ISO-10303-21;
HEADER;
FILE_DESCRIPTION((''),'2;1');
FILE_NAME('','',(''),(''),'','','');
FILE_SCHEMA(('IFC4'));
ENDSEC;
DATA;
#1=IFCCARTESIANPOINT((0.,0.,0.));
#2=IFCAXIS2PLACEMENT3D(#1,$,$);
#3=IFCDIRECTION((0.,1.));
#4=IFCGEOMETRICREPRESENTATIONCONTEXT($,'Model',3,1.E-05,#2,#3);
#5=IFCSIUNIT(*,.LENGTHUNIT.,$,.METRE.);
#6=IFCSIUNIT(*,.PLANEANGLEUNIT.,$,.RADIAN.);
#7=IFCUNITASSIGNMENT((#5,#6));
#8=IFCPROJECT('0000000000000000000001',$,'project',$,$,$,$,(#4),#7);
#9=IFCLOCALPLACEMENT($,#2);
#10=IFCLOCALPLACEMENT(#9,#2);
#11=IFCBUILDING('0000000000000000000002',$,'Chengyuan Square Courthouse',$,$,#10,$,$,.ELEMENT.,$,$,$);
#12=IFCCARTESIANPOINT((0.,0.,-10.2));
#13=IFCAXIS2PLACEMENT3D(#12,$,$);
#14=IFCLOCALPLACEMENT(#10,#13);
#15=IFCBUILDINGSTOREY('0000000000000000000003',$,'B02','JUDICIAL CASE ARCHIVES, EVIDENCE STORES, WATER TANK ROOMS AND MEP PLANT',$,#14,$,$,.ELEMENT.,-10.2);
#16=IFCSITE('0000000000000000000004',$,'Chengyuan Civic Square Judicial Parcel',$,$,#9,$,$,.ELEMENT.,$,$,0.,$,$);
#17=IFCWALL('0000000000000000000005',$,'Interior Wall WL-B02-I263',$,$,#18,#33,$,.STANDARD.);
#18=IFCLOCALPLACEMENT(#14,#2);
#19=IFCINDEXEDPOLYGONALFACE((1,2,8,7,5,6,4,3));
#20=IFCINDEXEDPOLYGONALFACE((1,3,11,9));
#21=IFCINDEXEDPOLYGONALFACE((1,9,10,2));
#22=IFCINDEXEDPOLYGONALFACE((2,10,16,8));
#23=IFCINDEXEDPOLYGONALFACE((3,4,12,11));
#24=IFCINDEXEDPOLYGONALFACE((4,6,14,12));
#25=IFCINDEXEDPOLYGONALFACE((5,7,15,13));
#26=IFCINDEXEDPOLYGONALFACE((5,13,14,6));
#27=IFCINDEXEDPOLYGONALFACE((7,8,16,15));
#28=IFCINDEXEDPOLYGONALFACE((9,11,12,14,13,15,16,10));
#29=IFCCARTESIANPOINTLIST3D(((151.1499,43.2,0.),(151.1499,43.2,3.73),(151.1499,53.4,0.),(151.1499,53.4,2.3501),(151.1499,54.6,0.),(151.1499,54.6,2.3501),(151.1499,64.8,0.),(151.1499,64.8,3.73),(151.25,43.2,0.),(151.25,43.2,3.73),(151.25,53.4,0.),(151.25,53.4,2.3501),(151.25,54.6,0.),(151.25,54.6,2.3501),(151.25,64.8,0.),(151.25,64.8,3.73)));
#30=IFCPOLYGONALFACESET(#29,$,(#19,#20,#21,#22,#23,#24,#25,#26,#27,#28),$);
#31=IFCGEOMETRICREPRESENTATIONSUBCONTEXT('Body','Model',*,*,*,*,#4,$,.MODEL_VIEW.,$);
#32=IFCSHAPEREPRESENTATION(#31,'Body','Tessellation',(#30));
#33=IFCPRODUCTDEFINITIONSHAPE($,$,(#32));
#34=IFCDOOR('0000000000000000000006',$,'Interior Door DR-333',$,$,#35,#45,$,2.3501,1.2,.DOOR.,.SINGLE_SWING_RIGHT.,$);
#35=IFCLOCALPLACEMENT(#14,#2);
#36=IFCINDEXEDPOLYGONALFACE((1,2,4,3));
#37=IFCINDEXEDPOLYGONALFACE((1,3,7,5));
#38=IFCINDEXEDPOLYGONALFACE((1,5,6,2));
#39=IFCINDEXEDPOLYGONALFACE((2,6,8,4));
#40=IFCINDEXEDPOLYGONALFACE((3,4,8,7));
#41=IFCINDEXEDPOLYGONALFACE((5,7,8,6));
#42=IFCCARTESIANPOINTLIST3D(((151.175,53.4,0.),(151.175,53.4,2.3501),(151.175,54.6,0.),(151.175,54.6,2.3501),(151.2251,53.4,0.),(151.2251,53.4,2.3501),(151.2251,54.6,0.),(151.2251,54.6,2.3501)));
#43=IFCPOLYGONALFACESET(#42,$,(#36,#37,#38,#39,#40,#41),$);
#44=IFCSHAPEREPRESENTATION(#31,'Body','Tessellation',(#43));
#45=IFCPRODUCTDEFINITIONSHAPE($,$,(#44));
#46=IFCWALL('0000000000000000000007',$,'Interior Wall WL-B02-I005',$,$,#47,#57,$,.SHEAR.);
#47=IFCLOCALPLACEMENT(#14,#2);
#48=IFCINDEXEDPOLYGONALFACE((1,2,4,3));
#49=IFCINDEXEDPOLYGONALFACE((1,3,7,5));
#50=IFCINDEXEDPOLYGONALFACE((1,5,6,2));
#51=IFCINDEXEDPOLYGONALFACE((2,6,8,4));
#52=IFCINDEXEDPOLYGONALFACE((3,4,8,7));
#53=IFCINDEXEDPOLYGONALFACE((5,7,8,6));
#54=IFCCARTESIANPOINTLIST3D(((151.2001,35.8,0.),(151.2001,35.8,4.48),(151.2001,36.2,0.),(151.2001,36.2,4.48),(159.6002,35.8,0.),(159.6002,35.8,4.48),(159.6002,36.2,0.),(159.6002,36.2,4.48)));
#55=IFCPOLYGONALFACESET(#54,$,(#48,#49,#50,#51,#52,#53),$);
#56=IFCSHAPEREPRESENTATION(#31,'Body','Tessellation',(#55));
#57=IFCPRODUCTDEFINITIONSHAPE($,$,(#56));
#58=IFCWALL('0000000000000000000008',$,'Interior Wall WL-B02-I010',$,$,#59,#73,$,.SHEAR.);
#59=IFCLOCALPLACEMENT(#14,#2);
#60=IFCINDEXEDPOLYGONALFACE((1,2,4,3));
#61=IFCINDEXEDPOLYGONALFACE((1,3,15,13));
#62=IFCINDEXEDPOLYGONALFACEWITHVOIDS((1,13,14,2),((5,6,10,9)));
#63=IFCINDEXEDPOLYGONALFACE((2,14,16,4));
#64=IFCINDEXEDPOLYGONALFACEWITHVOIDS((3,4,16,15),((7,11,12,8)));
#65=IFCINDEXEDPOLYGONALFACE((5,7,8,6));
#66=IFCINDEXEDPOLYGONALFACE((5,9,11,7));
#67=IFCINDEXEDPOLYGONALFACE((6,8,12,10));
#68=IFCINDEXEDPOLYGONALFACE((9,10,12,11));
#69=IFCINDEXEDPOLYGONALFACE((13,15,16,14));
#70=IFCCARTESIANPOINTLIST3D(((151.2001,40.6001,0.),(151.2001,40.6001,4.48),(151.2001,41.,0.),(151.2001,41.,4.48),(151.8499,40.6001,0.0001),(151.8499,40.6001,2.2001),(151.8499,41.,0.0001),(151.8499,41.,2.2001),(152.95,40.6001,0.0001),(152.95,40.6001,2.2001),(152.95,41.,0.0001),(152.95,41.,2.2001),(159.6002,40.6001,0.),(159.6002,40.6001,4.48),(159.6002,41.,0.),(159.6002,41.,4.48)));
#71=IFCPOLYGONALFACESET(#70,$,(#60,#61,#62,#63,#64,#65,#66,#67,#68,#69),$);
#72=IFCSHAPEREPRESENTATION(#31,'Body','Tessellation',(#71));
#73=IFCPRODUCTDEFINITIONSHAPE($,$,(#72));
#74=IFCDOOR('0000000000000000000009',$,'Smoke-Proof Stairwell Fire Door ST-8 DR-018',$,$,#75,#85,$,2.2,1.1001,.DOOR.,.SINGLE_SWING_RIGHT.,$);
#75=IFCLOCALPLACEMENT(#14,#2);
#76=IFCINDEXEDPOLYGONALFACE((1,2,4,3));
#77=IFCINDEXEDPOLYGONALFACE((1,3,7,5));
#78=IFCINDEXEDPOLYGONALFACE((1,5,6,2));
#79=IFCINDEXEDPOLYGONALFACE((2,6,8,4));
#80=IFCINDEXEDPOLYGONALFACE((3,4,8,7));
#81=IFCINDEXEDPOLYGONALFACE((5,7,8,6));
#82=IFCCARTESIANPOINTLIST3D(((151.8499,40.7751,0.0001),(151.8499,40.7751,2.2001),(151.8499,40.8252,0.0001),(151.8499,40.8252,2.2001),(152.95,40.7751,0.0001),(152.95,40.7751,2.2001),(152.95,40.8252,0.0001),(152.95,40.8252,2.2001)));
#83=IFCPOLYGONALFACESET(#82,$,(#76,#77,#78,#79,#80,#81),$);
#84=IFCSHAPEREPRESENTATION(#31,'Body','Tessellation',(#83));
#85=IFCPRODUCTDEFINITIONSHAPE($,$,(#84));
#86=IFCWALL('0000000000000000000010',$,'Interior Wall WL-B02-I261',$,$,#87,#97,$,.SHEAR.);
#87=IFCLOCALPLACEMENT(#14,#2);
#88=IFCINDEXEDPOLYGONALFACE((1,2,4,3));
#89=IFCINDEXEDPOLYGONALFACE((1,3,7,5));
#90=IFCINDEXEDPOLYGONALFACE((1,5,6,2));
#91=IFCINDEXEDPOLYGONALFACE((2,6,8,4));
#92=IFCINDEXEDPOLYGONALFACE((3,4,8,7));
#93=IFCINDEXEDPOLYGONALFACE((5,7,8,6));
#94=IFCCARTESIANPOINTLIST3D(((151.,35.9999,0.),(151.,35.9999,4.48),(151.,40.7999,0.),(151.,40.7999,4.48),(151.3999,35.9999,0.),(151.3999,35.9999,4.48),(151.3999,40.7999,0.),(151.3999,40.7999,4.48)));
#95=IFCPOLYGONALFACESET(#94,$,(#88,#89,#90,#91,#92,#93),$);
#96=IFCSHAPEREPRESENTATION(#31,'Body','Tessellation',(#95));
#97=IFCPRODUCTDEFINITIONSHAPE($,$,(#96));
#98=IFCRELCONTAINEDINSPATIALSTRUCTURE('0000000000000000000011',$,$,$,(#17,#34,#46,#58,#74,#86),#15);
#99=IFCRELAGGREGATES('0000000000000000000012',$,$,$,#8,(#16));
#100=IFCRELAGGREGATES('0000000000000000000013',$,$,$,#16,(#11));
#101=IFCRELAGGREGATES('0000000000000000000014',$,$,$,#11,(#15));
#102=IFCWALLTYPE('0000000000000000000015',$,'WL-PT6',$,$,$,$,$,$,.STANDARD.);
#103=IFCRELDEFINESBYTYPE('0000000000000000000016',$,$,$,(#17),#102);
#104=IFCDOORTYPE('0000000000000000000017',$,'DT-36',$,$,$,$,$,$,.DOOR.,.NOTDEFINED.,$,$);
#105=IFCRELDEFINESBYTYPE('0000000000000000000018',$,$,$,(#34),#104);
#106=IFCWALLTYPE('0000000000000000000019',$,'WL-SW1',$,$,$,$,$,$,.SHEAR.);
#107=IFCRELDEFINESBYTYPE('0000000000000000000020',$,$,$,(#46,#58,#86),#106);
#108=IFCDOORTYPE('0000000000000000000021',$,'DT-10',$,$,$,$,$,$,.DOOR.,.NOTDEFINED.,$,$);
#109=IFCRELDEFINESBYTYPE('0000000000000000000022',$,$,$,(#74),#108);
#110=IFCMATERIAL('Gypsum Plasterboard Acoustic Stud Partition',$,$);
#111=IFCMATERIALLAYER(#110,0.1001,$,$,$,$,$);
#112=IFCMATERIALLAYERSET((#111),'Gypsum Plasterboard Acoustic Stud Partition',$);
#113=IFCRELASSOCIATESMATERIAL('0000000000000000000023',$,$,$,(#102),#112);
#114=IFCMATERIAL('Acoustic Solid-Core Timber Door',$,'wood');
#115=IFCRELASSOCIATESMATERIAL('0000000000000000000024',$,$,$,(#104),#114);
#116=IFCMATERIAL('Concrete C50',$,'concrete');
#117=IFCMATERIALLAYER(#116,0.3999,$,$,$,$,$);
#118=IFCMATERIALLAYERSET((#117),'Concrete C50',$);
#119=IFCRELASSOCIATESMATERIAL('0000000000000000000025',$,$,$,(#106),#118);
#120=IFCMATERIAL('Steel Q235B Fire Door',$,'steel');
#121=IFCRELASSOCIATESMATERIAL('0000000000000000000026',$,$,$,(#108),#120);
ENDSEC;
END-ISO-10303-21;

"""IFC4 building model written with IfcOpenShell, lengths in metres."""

from ifc_helpers import new_model, si_unit, direction, frame, frame_2d, origin, place, context, subcontext, project, spatial, rectangle, extrude, material, layer, layer_set, type_object, element, fill, save


model = new_model("IFC4")

# Units and contexts
model_context = context("Model", 3, precision=1e-05, world=origin(), true_north=direction((0.0, 1.0)))
body_context = subcontext(model_context, "Body", "Model", "MODEL_VIEW")
ifc_project = project(units=[si_unit("LENGTHUNIT", "METRE"), si_unit("PLANEANGLEUNIT", "RADIAN")], contexts=[model_context])

# Site, building, storey
site_placement = place(None, origin())
site = spatial("IfcSite", under=ifc_project, at=site_placement, Name="Chengyuan Civic Square Judicial Parcel", CompositionType="ELEMENT", RefElevation=0.0)
building_placement = place(site_placement, origin())
building = spatial("IfcBuilding", under=site, at=building_placement, Name="Chengyuan Square Courthouse", CompositionType="ELEMENT")
storey_placement = place(building_placement, frame((0.0, 0.0, -10.2)))
storey = spatial("IfcBuildingStorey", under=building, at=storey_placement, Name="B02", Description="JUDICIAL CASE ARCHIVES, EVIDENCE STORES, WATER TANK ROOMS AND MEP PLANT", CompositionType="ELEMENT", Elevation=-10.2)

# Shared definitions
ifc_material_1 = material(Name="Concrete C50", Category="concrete")

# Wall, opening, door
ifc_material_2 = material(Name="Steel Q235B Fire Door", Category="steel")
ifc_material_3 = material(Name="Gypsum Plasterboard Acoustic Stud Partition")
ifc_layer_1 = layer(ifc_material_3, 0.1001)
ifc_layer_set_1 = layer_set([ifc_layer_1], Name="Gypsum Plasterboard Acoustic Stud Partition")
wall_type_1 = type_object("IfcWallType", Name="WL-PT6", PredefinedType="STANDARD", material=ifc_layer_set_1)
wall_1_placement = place(storey_placement, frame((151.2, 43.2, 0.0), z_axis=(0.0, 0.0, 1.0), x_axis=(0.0, 1.0, 0.0)))
wall_1 = element("IfcWall", 1, at=wall_1_placement, inside=storey, type_object=wall_type_1, Name="Interior Wall WL-B02-I263", PredefinedType="STANDARD", context=body_context, shape_type="SweptSolid", body=[
    extrude(rectangle(XDim=21.6001, YDim=0.1001, at=frame_2d((10.8, 0.0))), origin(), (0.0, 0.0, 1.0), 3.73),
])
opening_1_placement = place(wall_1_placement, frame((10.2, 0.0, 0.0)))
opening_1 = element("IfcOpeningElement", 2, at=opening_1_placement, cuts=wall_1, PredefinedType="OPENING", context=body_context, shape_type="SweptSolid", body=[
    extrude(rectangle(XDim=1.2, YDim=2.3501, at=frame_2d((0.6001, 1.175))), frame((0.0, 0.062, 0.0), z_axis=(0.0, -1.0, 0.0), x_axis=(1.0, 0.0, 0.0)), (0.0, 0.0, 1.0), 0.124),
])
ifc_material_4 = material(Name="Acoustic Solid-Core Timber Door", Category="wood")
door_type_1 = type_object("IfcDoorType", Name="DT-36", OperationType="NOTDEFINED", PredefinedType="DOOR", material=ifc_material_4)
door_1_placement = place(opening_1_placement, origin())
door_1 = element("IfcDoor", 3, at=door_1_placement, inside=storey, type_object=door_type_1, Name="Interior Door DR-333", OperationType="SINGLE_SWING_RIGHT", OverallHeight=2.3501, OverallWidth=1.2, PredefinedType="DOOR", context=body_context, shape_type="SweptSolid", body=[
    extrude(rectangle(XDim=1.2, YDim=2.3501, at=frame_2d((0.6001, 1.175))), frame((0.0, 0.0249, 0.0), z_axis=(0.0, -1.0, 0.0), x_axis=(1.0, 0.0, 0.0)), (0.0, 0.0, 1.0), 0.05),
])
fill(opening_1, door_1)

# Wall
ifc_layer_2 = layer(ifc_material_1, 0.3999)
ifc_layer_set_2 = layer_set([ifc_layer_2], Name="Concrete C50")
wall_type_2 = type_object("IfcWallType", Name="WL-SW1", PredefinedType="SHEAR", material=ifc_layer_set_2)
wall_2_placement = place(storey_placement, frame((151.2, 36.0, 0.0), z_axis=(0.0, 0.0, 1.0), x_axis=(1.0, 0.0, 0.0)))
element("IfcWall", 4, at=wall_2_placement, inside=storey, type_object=wall_type_2, Name="Interior Wall WL-B02-I005", PredefinedType="SHEAR", context=body_context, shape_type="SweptSolid", body=[
    extrude(rectangle(XDim=8.4001, YDim=0.3999, at=frame_2d((4.2002, 0.0))), origin(), (0.0, 0.0, 1.0), 4.48),
])

# Wall, opening, door
wall_3_placement = place(storey_placement, frame((151.2, 40.8, 0.0), z_axis=(0.0, 0.0, 1.0), x_axis=(1.0, 0.0, 0.0)))
wall_3 = element("IfcWall", 5, at=wall_3_placement, inside=storey, type_object=wall_type_2, Name="Interior Wall WL-B02-I010", PredefinedType="SHEAR", context=body_context, shape_type="SweptSolid", body=[
    extrude(rectangle(XDim=8.4001, YDim=0.3999, at=frame_2d((4.2002, 0.0))), origin(), (0.0, 0.0, 1.0), 4.48),
])
opening_2_placement = place(wall_3_placement, frame((0.6499, 0.0, 0.0)))
opening_2 = element("IfcOpeningElement", 6, at=opening_2_placement, cuts=wall_3, PredefinedType="OPENING", context=body_context, shape_type="SweptSolid", body=[
    extrude(rectangle(XDim=1.1001, YDim=2.2, at=frame_2d((0.55, 1.1001))), frame((0.0, 0.2119, 0.0), z_axis=(0.0, -1.0, 0.0), x_axis=(1.0, 0.0, 0.0)), (0.0, 0.0, 1.0), 0.4238),
])
door_type_2 = type_object("IfcDoorType", Name="DT-10", OperationType="NOTDEFINED", PredefinedType="DOOR", material=ifc_material_2)
door_2_placement = place(opening_2_placement, frame((1.1001, 0.0, 0.0), z_axis=(0.0, 0.0, 1.0), x_axis=(-1.0, 0.0, 0.0)))
door_2 = element("IfcDoor", 7, at=door_2_placement, inside=storey, type_object=door_type_2, Name="Smoke-Proof Stairwell Fire Door ST-8 DR-018", OperationType="SINGLE_SWING_RIGHT", OverallHeight=2.2, OverallWidth=1.1001, PredefinedType="DOOR", context=body_context, shape_type="SweptSolid", body=[
    extrude(rectangle(XDim=1.1001, YDim=2.2, at=frame_2d((0.55, 1.1001))), frame((0.0, 0.0249, 0.0), z_axis=(0.0, -1.0, 0.0), x_axis=(1.0, 0.0, 0.0)), (0.0, 0.0, 1.0), 0.05),
])
fill(opening_2, door_2)

# Wall
wall_4_placement = place(storey_placement, frame((151.2, 36.0, 0.0), z_axis=(0.0, 0.0, 1.0), x_axis=(0.0, 1.0, 0.0)))
element("IfcWall", 8, at=wall_4_placement, inside=storey, type_object=wall_type_2, Name="Interior Wall WL-B02-I261", PredefinedType="SHEAR", context=body_context, shape_type="SweptSolid", body=[
    extrude(rectangle(XDim=4.8, YDim=0.3999, at=frame_2d((2.3999, 0.0))), origin(), (0.0, 0.0, 1.0), 4.48),
])

save(model, "model.ifc")
